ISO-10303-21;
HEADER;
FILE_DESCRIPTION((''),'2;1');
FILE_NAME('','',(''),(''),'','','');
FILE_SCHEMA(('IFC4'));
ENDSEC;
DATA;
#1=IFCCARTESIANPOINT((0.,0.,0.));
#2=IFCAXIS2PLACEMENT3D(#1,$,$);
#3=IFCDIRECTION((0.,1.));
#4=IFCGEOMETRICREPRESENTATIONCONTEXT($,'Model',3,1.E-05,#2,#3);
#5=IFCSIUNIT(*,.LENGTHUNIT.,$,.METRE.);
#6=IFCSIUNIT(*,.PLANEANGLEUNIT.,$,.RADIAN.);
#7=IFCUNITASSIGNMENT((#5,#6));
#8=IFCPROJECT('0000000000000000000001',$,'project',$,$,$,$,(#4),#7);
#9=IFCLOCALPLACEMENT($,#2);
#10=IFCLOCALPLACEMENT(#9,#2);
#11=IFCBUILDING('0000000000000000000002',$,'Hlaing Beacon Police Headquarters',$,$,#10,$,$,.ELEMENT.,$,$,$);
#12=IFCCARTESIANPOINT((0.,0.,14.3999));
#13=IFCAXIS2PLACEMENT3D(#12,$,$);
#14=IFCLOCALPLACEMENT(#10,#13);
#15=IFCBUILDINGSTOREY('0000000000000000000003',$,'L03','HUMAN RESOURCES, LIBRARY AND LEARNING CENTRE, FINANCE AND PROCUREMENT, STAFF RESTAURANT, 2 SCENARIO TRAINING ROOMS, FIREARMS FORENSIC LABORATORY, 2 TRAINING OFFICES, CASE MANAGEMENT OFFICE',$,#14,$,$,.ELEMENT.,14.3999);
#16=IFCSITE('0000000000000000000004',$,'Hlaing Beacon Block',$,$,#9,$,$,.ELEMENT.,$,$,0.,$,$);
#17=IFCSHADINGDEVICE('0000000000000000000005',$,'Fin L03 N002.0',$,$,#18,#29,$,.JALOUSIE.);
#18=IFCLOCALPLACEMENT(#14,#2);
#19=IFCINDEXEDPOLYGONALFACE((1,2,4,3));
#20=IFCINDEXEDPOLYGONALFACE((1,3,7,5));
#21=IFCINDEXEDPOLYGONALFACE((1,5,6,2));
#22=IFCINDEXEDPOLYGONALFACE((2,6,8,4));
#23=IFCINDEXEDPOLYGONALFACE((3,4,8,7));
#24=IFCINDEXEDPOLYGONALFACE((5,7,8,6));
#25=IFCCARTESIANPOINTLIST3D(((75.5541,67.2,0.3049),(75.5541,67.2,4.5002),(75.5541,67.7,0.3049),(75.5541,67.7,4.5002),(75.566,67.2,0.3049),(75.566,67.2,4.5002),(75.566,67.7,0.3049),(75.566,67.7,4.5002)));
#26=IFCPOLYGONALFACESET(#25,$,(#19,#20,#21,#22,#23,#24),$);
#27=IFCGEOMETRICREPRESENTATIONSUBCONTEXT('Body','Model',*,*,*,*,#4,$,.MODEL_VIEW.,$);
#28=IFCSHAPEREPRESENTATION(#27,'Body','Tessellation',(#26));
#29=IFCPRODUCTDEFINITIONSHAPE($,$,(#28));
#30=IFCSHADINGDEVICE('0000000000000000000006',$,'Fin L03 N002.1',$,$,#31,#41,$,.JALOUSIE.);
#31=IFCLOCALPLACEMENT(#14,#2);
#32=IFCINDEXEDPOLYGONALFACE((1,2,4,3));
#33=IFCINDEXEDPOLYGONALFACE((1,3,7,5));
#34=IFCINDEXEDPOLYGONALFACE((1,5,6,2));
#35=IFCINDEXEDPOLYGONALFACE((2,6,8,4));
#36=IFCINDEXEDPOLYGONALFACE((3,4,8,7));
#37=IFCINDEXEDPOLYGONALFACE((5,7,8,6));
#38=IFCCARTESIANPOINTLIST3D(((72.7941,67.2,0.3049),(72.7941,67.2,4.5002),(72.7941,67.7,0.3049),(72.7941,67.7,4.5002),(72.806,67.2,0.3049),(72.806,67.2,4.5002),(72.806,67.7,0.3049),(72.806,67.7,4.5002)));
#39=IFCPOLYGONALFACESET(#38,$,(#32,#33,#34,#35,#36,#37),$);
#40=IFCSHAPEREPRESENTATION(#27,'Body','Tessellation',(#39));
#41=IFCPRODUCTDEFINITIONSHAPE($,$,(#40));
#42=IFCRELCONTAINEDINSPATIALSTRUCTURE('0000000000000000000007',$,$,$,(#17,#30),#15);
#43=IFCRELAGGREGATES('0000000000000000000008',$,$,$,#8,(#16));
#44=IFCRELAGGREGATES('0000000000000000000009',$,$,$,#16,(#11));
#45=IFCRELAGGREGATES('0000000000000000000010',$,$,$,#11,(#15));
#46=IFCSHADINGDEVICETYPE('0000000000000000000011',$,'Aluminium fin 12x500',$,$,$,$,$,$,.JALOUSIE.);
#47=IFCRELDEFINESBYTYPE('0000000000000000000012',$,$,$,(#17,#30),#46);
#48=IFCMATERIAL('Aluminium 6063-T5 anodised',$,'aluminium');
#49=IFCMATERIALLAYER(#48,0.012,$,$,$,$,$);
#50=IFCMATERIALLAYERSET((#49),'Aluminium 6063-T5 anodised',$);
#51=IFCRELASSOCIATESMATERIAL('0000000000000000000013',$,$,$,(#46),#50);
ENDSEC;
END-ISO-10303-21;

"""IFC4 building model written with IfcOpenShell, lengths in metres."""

from ifc_helpers import new_model, si_unit, direction, frame, origin, origin_2d, place, context, subcontext, project, spatial, rectangle, extrude, material, layer, layer_set, type_object, element, save


model = new_model("IFC4")

# Units and contexts
model_context = context("Model", 3, precision=1e-05, world=origin(), true_north=direction((0.0, 1.0)))
body_context = subcontext(model_context, "Body", "Model", "MODEL_VIEW")
ifc_project = project(units=[si_unit("LENGTHUNIT", "METRE"), si_unit("PLANEANGLEUNIT", "RADIAN")], contexts=[model_context])

# Site, building, storey
site_placement = place(None, origin())
site = spatial("IfcSite", under=ifc_project, at=site_placement, Name="Hlaing Beacon Block", CompositionType="ELEMENT", RefElevation=0.0)
building_placement = place(site_placement, origin())
building = spatial("IfcBuilding", under=site, at=building_placement, Name="Hlaing Beacon Police Headquarters", CompositionType="ELEMENT")
storey_placement = place(building_placement, frame((0.0, 0.0, 14.3999)))
storey = spatial("IfcBuildingStorey", under=building, at=storey_placement, Name="L03", Description="HUMAN RESOURCES, LIBRARY AND LEARNING CENTRE, FINANCE AND PROCUREMENT, STAFF RESTAURANT, 2 SCENARIO TRAINING ROOMS, FIREARMS FORENSIC LABORATORY, 2 TRAINING OFFICES, CASE MANAGEMENT OFFICE", CompositionType="ELEMENT", Elevation=14.3999)

# Shading devices
ifc_material_1 = material(Name="Aluminium 6063-T5 anodised", Category="aluminium")
ifc_layer_1 = layer(ifc_material_1, 0.012)
ifc_layer_set_1 = layer_set([ifc_layer_1], Name="Aluminium 6063-T5 anodised")
shading_device_type = type_object("IfcShadingDeviceType", Name="Aluminium fin 12x500", PredefinedType="JALOUSIE", material=ifc_layer_set_1)
for number, where, z_axis, x_axis, name in (
    (1, (75.5601, 67.45, 0.3049), (0.0, 0.0, 1.0), (-1.0, 0.0, 0.0), "Fin L03 N002.0"),
    (2, (72.8, 67.45, 0.3049), (0.0, 0.0, 1.0), (-1.0, 0.0, 0.0), "Fin L03 N002.1"),
):
    element("IfcShadingDevice", number, at=place(storey_placement, frame(where, z_axis=z_axis, x_axis=x_axis)), inside=storey, type_object=shading_device_type, Name=name, PredefinedType="JALOUSIE", context=body_context, shape_type="SweptSolid", body=[
        extrude(rectangle(XDim=0.012, YDim=0.5, at=origin_2d()), origin(), (0.0, 0.0, 1.0), 4.1953),
    ])

save(model, "model.ifc")
